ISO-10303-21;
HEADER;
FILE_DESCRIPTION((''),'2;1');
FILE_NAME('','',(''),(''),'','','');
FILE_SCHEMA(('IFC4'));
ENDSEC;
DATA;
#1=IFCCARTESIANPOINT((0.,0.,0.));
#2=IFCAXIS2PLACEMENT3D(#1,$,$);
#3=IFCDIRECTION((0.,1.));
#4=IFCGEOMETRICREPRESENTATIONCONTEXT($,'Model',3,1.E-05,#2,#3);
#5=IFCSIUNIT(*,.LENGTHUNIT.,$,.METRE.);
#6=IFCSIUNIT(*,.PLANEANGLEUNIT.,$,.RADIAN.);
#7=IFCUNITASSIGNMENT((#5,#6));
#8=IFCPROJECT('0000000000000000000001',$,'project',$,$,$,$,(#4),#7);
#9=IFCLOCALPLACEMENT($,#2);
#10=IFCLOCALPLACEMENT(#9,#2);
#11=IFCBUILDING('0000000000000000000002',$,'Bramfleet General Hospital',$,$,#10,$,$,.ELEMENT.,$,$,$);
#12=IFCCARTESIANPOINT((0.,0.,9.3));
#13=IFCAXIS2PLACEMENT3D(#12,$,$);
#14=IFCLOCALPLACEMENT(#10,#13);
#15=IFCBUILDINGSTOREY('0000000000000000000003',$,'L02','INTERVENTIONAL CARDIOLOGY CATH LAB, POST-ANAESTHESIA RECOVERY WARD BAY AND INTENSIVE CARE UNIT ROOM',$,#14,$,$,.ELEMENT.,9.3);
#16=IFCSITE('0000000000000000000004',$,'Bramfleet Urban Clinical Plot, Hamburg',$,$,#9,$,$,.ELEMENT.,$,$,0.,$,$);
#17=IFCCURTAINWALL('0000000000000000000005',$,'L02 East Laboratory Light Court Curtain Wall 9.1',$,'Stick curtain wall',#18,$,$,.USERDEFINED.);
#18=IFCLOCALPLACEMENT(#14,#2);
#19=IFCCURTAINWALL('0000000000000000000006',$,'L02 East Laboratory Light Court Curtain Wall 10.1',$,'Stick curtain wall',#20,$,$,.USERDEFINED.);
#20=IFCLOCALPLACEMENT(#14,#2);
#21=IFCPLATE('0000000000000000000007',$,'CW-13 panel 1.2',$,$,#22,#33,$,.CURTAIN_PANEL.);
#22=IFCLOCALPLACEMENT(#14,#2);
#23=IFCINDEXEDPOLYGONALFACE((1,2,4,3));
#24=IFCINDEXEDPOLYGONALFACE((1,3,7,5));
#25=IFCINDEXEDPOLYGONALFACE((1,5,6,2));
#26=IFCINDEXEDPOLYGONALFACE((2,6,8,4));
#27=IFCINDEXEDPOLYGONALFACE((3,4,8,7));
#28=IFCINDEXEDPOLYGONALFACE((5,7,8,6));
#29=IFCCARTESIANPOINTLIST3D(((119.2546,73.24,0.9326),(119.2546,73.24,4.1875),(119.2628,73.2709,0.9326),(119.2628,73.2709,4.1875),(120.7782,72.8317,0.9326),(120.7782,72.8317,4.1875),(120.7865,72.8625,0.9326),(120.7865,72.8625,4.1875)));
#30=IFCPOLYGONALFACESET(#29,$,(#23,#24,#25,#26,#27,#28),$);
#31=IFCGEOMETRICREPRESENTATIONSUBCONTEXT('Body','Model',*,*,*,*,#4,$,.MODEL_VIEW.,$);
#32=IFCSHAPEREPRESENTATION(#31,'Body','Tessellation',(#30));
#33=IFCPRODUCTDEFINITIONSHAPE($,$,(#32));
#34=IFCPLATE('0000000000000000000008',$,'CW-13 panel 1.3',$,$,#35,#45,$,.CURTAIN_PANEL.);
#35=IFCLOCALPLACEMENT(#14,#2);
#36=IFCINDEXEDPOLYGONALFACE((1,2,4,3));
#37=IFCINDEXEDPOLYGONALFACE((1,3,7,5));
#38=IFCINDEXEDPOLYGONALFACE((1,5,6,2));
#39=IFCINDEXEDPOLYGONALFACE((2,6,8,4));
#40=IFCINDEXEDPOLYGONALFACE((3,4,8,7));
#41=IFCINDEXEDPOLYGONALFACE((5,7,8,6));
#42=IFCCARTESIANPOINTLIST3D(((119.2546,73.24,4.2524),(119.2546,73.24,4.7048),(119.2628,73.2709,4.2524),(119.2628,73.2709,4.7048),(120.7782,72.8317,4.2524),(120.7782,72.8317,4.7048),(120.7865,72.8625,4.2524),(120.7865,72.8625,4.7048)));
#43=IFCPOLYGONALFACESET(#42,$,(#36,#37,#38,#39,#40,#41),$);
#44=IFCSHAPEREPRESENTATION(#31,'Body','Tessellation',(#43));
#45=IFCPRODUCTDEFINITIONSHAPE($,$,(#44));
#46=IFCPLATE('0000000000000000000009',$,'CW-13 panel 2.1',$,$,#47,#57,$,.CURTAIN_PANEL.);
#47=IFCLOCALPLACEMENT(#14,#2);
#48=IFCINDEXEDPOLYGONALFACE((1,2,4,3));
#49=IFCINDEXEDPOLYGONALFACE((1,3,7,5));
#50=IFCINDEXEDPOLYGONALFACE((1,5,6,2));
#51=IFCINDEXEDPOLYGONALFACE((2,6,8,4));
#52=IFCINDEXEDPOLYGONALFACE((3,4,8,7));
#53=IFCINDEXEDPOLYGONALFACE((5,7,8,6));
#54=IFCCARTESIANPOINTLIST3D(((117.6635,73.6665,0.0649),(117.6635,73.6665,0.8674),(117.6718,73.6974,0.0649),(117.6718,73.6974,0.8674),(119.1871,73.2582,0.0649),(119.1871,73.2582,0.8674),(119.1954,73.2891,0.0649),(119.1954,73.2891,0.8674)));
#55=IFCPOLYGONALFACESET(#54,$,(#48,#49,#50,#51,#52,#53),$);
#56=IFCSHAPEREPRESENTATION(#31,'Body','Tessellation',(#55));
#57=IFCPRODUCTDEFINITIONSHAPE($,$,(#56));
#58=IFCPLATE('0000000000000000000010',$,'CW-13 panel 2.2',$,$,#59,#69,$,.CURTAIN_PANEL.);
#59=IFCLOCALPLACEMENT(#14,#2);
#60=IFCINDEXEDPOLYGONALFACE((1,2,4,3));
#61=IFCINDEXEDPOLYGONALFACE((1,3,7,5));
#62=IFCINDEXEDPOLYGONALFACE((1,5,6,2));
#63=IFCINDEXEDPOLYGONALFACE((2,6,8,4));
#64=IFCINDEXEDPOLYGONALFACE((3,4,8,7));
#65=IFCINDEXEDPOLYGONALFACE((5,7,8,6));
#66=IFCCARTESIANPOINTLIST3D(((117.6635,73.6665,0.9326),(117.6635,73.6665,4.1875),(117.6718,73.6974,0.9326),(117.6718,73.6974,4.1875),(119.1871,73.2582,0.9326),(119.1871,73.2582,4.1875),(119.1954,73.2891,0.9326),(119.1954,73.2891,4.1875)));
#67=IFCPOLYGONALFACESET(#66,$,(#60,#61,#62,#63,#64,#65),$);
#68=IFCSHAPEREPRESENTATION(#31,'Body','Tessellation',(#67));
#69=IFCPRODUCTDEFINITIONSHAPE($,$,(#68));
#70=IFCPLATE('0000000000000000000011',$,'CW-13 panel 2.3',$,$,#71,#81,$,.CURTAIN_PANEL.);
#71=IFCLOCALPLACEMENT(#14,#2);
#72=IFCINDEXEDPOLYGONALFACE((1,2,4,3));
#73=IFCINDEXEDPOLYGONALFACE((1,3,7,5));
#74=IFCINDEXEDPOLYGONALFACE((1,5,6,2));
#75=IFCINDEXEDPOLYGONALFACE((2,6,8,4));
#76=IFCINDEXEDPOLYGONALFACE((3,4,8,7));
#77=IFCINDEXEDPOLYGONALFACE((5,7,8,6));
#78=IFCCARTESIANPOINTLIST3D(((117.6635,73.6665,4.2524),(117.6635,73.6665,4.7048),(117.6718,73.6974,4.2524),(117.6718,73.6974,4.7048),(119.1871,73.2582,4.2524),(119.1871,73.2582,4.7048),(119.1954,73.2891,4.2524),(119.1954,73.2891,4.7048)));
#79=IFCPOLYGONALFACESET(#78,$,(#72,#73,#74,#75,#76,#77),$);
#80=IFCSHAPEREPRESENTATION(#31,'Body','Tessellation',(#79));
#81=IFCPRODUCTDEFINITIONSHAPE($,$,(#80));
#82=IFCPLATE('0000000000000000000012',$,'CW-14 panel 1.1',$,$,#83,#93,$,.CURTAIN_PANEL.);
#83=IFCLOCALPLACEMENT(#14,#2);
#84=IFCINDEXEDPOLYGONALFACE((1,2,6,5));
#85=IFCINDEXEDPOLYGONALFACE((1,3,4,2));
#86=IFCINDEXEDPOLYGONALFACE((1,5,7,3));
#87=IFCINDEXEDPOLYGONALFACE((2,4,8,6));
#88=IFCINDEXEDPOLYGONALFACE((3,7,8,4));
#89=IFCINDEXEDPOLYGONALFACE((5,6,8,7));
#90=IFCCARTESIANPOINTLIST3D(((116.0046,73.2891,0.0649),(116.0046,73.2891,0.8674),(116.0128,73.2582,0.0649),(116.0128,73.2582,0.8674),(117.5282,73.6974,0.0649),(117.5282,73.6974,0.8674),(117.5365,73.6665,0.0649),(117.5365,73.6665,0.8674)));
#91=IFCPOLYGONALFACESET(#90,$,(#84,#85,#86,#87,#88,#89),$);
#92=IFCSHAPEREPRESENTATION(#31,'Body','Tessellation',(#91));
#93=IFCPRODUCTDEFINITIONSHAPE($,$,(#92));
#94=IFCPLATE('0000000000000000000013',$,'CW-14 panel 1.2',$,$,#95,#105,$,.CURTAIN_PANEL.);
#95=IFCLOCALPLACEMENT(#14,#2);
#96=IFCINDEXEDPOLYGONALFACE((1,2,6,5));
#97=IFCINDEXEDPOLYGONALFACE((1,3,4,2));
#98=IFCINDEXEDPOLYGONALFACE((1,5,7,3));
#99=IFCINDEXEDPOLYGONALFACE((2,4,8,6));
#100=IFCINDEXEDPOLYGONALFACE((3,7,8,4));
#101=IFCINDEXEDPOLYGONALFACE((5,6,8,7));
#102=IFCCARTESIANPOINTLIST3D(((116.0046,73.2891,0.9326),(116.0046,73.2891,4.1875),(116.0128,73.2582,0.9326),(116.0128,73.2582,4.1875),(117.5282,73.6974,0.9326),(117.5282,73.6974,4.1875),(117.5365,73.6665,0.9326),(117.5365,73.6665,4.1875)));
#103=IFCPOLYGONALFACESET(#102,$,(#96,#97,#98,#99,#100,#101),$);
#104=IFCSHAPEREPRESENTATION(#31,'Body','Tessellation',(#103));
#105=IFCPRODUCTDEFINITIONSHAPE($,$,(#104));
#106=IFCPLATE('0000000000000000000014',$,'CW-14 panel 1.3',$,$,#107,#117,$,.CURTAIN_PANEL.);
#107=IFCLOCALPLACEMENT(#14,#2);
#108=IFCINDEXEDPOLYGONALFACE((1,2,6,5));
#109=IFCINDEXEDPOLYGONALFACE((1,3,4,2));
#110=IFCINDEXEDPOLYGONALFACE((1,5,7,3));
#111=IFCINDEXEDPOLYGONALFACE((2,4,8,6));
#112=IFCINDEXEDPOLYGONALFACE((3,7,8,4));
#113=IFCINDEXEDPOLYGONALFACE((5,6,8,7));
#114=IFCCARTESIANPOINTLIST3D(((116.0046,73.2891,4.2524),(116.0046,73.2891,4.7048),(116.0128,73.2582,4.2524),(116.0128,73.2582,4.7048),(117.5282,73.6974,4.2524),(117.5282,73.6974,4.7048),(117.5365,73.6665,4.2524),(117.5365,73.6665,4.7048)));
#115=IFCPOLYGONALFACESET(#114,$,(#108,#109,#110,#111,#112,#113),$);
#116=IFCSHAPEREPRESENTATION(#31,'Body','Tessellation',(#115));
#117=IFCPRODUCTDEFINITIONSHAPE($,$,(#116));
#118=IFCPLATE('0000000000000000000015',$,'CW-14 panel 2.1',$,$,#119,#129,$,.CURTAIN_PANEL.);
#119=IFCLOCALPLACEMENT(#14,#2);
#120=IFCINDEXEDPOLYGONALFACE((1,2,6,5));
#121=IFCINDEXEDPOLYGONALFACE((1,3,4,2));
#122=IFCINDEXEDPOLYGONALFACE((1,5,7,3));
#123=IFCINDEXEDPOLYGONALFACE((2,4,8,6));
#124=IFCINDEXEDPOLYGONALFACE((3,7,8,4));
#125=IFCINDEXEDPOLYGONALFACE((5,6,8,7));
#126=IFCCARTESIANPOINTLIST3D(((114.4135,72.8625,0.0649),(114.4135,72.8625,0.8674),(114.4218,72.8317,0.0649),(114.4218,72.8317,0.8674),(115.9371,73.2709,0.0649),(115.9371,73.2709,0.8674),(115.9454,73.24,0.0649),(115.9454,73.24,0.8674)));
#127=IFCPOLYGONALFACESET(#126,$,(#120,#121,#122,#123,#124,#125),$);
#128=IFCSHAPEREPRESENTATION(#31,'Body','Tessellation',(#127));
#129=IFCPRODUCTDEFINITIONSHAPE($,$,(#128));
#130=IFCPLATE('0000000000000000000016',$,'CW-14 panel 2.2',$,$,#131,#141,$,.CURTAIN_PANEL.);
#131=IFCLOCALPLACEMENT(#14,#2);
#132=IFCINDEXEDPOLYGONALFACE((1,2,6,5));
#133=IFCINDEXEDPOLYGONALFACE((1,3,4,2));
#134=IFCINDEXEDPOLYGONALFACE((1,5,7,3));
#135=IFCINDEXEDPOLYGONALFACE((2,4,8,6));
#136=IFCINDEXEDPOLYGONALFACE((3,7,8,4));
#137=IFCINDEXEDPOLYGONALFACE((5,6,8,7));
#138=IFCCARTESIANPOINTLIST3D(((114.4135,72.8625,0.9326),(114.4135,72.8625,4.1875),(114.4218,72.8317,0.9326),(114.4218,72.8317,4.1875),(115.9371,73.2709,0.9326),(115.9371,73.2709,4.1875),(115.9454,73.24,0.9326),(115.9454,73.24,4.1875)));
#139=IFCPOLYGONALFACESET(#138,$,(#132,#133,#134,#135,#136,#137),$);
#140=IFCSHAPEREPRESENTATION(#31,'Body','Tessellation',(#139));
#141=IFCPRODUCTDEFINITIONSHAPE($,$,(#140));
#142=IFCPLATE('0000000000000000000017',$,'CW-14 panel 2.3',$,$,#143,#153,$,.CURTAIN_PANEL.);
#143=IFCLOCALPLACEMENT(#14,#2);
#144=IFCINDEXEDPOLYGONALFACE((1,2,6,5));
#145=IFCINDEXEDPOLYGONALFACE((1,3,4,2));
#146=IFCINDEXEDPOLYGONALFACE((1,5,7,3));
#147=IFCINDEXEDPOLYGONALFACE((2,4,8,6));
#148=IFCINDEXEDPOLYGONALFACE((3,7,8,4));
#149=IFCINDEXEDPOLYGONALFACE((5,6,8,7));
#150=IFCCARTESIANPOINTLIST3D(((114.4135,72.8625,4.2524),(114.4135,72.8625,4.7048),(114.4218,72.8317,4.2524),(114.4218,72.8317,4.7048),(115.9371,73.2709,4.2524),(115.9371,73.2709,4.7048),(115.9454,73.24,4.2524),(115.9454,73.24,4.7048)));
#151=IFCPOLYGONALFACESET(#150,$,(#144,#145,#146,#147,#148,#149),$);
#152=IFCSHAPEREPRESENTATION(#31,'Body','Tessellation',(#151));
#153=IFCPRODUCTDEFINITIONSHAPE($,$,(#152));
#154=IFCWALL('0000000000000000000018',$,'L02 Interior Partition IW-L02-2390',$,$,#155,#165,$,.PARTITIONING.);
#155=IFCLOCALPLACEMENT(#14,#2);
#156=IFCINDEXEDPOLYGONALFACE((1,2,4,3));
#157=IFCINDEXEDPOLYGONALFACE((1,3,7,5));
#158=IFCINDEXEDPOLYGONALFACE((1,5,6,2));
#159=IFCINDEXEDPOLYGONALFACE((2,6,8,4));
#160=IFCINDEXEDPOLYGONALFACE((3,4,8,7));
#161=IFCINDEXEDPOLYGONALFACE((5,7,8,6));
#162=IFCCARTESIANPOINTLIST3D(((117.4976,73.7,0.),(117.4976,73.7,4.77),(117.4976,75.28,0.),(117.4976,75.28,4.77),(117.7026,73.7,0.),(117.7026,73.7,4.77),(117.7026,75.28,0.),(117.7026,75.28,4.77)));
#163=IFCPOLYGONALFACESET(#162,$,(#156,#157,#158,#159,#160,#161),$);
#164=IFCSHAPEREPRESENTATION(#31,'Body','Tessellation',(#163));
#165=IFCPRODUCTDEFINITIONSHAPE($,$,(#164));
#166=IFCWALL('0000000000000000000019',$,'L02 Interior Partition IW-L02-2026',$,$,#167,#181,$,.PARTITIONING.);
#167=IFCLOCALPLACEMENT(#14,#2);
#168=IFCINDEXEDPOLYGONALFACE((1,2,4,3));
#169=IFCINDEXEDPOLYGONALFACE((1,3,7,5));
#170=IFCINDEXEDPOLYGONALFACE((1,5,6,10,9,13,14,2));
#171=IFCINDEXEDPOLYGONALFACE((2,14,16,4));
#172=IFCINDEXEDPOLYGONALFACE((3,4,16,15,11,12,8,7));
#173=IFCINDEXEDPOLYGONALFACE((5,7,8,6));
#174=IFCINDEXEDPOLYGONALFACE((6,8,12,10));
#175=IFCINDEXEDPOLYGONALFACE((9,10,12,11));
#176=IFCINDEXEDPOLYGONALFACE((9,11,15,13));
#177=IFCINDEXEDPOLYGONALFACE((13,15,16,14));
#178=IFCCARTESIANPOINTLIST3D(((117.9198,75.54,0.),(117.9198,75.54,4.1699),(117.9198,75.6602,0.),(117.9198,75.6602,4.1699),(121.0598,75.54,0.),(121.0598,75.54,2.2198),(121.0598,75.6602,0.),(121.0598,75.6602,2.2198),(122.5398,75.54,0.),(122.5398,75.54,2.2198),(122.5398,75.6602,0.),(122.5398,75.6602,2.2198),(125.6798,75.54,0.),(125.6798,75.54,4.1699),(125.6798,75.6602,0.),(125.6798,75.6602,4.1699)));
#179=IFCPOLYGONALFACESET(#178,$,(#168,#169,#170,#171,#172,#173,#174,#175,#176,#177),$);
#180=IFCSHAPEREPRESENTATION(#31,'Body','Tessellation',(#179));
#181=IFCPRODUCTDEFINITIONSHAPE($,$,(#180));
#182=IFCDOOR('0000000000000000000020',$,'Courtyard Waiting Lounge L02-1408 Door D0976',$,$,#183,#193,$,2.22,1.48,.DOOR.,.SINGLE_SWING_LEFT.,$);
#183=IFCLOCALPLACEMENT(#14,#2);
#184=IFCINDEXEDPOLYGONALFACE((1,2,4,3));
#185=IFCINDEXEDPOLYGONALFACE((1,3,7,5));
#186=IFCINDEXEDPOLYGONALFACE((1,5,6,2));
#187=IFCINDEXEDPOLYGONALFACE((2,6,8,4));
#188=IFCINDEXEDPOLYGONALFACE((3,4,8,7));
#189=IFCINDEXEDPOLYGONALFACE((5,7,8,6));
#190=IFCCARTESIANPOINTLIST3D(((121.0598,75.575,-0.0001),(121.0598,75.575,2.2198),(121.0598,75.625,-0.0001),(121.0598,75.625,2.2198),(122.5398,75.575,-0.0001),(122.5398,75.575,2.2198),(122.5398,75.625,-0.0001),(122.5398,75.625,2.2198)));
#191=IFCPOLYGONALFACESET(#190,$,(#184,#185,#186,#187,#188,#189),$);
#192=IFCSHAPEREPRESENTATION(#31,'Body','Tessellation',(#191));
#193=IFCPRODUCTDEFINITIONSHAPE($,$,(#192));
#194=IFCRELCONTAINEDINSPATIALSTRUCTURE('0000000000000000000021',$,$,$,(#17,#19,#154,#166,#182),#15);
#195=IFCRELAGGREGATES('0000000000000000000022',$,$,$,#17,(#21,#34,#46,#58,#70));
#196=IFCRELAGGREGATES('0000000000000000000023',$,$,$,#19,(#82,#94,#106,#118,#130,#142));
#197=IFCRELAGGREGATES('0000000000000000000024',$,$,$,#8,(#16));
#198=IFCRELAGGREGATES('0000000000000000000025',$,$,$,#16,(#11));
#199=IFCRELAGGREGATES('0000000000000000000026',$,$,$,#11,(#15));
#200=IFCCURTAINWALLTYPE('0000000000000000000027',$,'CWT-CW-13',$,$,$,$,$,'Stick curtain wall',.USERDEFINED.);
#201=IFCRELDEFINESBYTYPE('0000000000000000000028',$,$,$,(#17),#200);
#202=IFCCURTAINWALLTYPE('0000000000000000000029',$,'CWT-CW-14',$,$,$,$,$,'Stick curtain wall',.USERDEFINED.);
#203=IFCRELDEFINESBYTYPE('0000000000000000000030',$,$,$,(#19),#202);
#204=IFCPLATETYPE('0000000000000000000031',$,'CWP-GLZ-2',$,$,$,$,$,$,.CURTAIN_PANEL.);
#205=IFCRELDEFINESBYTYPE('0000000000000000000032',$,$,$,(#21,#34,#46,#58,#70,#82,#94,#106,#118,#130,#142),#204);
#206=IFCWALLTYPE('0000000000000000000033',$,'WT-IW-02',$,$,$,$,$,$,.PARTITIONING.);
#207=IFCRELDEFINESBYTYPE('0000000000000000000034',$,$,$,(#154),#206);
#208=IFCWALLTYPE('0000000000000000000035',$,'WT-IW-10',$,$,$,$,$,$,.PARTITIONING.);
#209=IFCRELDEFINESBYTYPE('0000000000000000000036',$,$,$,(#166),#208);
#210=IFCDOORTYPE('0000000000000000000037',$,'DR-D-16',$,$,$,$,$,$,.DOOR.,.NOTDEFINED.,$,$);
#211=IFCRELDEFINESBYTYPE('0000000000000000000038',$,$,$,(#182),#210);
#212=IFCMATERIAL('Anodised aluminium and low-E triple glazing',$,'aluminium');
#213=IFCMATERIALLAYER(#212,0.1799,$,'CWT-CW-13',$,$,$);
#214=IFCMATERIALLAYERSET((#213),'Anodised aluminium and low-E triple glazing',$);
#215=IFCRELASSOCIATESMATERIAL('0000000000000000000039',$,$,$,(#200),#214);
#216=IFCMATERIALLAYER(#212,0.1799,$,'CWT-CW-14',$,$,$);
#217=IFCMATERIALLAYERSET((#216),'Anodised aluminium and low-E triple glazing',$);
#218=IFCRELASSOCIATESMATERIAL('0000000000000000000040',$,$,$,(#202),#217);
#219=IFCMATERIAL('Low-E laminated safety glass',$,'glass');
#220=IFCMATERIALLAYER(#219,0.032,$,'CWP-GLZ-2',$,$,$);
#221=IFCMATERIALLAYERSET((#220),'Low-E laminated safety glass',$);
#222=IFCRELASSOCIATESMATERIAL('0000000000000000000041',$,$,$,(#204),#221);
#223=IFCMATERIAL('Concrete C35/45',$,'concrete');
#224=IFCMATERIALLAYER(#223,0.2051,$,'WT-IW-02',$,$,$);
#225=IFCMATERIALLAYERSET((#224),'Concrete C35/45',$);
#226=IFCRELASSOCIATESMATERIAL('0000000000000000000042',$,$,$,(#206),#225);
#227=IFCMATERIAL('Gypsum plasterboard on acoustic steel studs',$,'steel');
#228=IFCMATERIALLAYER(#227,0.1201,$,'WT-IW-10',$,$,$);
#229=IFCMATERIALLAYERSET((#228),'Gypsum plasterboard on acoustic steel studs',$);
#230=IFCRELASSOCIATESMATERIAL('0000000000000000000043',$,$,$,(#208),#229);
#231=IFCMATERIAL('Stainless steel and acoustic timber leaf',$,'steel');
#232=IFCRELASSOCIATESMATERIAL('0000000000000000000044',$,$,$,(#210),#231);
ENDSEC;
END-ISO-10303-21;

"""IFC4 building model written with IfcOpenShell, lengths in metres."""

from ifc_helpers import new_model, si_unit, direction, frame, frame_2d, origin, origin_2d, place, context, subcontext, project, spatial, rectangle, extrude, material, layer, layer_set, type_object, element, fill, aggregate, save


model = new_model("IFC4")

# Units and contexts
model_context = context("Model", 3, precision=1e-05, world=origin(), true_north=direction((0.0, 1.0)))
body_context = subcontext(model_context, "Body", "Model", "MODEL_VIEW")
ifc_project = project(units=[si_unit("LENGTHUNIT", "METRE"), si_unit("PLANEANGLEUNIT", "RADIAN")], contexts=[model_context])

# Site, building, storey
site_placement = place(None, origin())
site = spatial("IfcSite", under=ifc_project, at=site_placement, Name="Bramfleet Urban Clinical Plot, Hamburg", CompositionType="ELEMENT", RefElevation=0.0)
building_placement = place(site_placement, origin())
building = spatial("IfcBuilding", under=site, at=building_placement, Name="Bramfleet General Hospital", CompositionType="ELEMENT")
storey_placement = place(building_placement, frame((0.0, 0.0, 9.3)))
storey = spatial("IfcBuildingStorey", under=building, at=storey_placement, Name="L02", Description="INTERVENTIONAL CARDIOLOGY CATH LAB, POST-ANAESTHESIA RECOVERY WARD BAY AND INTENSIVE CARE UNIT ROOM", CompositionType="ELEMENT", Elevation=9.3)

# Shared definitions
ifc_material_1 = material(Name="Concrete C35/45", Category="concrete")

# Curtain walls
ifc_material_2 = material(Name="Anodised aluminium and low-E triple glazing", Category="aluminium")
ifc_layer_1 = layer(ifc_material_2, 0.1799, Name="CWT-CW-13")
ifc_layer_set_1 = layer_set([ifc_layer_1], Name="Anodised aluminium and low-E triple glazing")
curtain_wall_type_1 = type_object("IfcCurtainWallType", Name="CWT-CW-13", ElementType="Stick curtain wall", PredefinedType="USERDEFINED", material=ifc_layer_set_1)
curtain_wall_1_placement = place(storey_placement, origin())
curtain_wall_1 = element("IfcCurtainWall", 1, at=curtain_wall_1_placement, inside=storey, type_object=curtain_wall_type_1, Name="L02 East Laboratory Light Court Curtain Wall 9.1", ObjectType="Stick curtain wall", PredefinedType="USERDEFINED")
ifc_layer_2 = layer(ifc_material_2, 0.1799, Name="CWT-CW-14")
ifc_layer_set_2 = layer_set([ifc_layer_2], Name="Anodised aluminium and low-E triple glazing")
curtain_wall_type_2 = type_object("IfcCurtainWallType", Name="CWT-CW-14", ElementType="Stick curtain wall", PredefinedType="USERDEFINED", material=ifc_layer_set_2)
curtain_wall_2_placement = place(storey_placement, origin())
curtain_wall_2 = element("IfcCurtainWall", 2, at=curtain_wall_2_placement, inside=storey, type_object=curtain_wall_type_2, Name="L02 East Laboratory Light Court Curtain Wall 10.1", ObjectType="Stick curtain wall", PredefinedType="USERDEFINED")

# Plates
ifc_material_3 = material(Name="Low-E laminated safety glass", Category="glass")
ifc_layer_3 = layer(ifc_material_3, 0.032, Name="CWP-GLZ-2")
ifc_layer_set_3 = layer_set([ifc_layer_3], Name="Low-E laminated safety glass")
plate_type = type_object("IfcPlateType", Name="CWP-GLZ-2", PredefinedType="CURTAIN_PANEL", material=ifc_layer_set_3)
plate_1_placement = place(storey_placement, frame((120.0205, 73.0513, 0.9326), z_axis=(0.0, 0.0, 1.0), x_axis=(-0.965914, 0.258865, 0.0)))
plate_1 = element("IfcPlate", 3, at=plate_1_placement, type_object=plate_type, Name="CW-13 panel 1.2", PredefinedType="CURTAIN_PANEL", context=body_context, shape_type="SweptSolid", body=[
    extrude(rectangle(XDim=1.5774, YDim=0.032, at=origin_2d()), origin(), (0.0, 0.0, 1.0), 3.2549),
])
plate_2_placement = place(storey_placement, frame((120.0205, 73.0513, 4.2524), z_axis=(0.0, 0.0, 1.0), x_axis=(-0.965914, 0.258865, 0.0)))
plate_2 = element("IfcPlate", 4, at=plate_2_placement, type_object=plate_type, Name="CW-13 panel 1.3", PredefinedType="CURTAIN_PANEL", context=body_context, shape_type="SweptSolid", body=[
    extrude(rectangle(XDim=1.5774, YDim=0.032, at=origin_2d()), origin(), (0.0, 0.0, 1.0), 0.4524),
])
plate_3_placement = place(storey_placement, frame((118.4294, 73.4778, 0.0649), z_axis=(0.0, 0.0, 1.0), x_axis=(-0.965914, 0.258865, 0.0)))
plate_3 = element("IfcPlate", 5, at=plate_3_placement, type_object=plate_type, Name="CW-13 panel 2.1", PredefinedType="CURTAIN_PANEL", context=body_context, shape_type="SweptSolid", body=[
    extrude(rectangle(XDim=1.5774, YDim=0.032, at=origin_2d()), origin(), (0.0, 0.0, 1.0), 0.8025),
])
plate_4_placement = place(storey_placement, frame((118.4294, 73.4778, 0.9326), z_axis=(0.0, 0.0, 1.0), x_axis=(-0.965914, 0.258865, 0.0)))
plate_4 = element("IfcPlate", 6, at=plate_4_placement, type_object=plate_type, Name="CW-13 panel 2.2", PredefinedType="CURTAIN_PANEL", context=body_context, shape_type="SweptSolid", body=[
    extrude(rectangle(XDim=1.5774, YDim=0.032, at=origin_2d()), origin(), (0.0, 0.0, 1.0), 3.2549),
])
plate_5_placement = place(storey_placement, frame((118.4294, 73.4778, 4.2524), z_axis=(0.0, 0.0, 1.0), x_axis=(-0.965914, 0.258865, 0.0)))
plate_5 = element("IfcPlate", 7, at=plate_5_placement, type_object=plate_type, Name="CW-13 panel 2.3", PredefinedType="CURTAIN_PANEL", context=body_context, shape_type="SweptSolid", body=[
    extrude(rectangle(XDim=1.5774, YDim=0.032, at=origin_2d()), origin(), (0.0, 0.0, 1.0), 0.4524),
])
aggregate(curtain_wall_1, [plate_1, plate_2, plate_3, plate_4, plate_5])
plate_6_placement = place(storey_placement, frame((116.7705, 73.4778, 0.0649), z_axis=(0.0, 0.0, 1.0), x_axis=(-0.965914, -0.258865, 0.0)))
plate_6 = element("IfcPlate", 8, at=plate_6_placement, type_object=plate_type, Name="CW-14 panel 1.1", PredefinedType="CURTAIN_PANEL", context=body_context, shape_type="SweptSolid", body=[
    extrude(rectangle(XDim=1.5774, YDim=0.032, at=origin_2d()), origin(), (0.0, 0.0, 1.0), 0.8025),
])
plate_7_placement = place(storey_placement, frame((116.7705, 73.4778, 0.9326), z_axis=(0.0, 0.0, 1.0), x_axis=(-0.965914, -0.258865, 0.0)))
plate_7 = element("IfcPlate", 9, at=plate_7_placement, type_object=plate_type, Name="CW-14 panel 1.2", PredefinedType="CURTAIN_PANEL", context=body_context, shape_type="SweptSolid", body=[
    extrude(rectangle(XDim=1.5774, YDim=0.032, at=origin_2d()), origin(), (0.0, 0.0, 1.0), 3.2549),
])
plate_8_placement = place(storey_placement, frame((116.7705, 73.4778, 4.2524), z_axis=(0.0, 0.0, 1.0), x_axis=(-0.965914, -0.258865, 0.0)))
plate_8 = element("IfcPlate", 10, at=plate_8_placement, type_object=plate_type, Name="CW-14 panel 1.3", PredefinedType="CURTAIN_PANEL", context=body_context, shape_type="SweptSolid", body=[
    extrude(rectangle(XDim=1.5774, YDim=0.032, at=origin_2d()), origin(), (0.0, 0.0, 1.0), 0.4524),
])
plate_9_placement = place(storey_placement, frame((115.1794, 73.0513, 0.0649), z_axis=(0.0, 0.0, 1.0), x_axis=(-0.965914, -0.258865, 0.0)))
plate_9 = element("IfcPlate", 11, at=plate_9_placement, type_object=plate_type, Name="CW-14 panel 2.1", PredefinedType="CURTAIN_PANEL", context=body_context, shape_type="SweptSolid", body=[
    extrude(rectangle(XDim=1.5774, YDim=0.032, at=origin_2d()), origin(), (0.0, 0.0, 1.0), 0.8025),
])
plate_10_placement = place(storey_placement, frame((115.1794, 73.0513, 0.9326), z_axis=(0.0, 0.0, 1.0), x_axis=(-0.965914, -0.258865, 0.0)))
plate_10 = element("IfcPlate", 12, at=plate_10_placement, type_object=plate_type, Name="CW-14 panel 2.2", PredefinedType="CURTAIN_PANEL", context=body_context, shape_type="SweptSolid", body=[
    extrude(rectangle(XDim=1.5774, YDim=0.032, at=origin_2d()), origin(), (0.0, 0.0, 1.0), 3.2549),
])
plate_11_placement = place(storey_placement, frame((115.1794, 73.0513, 4.2524), z_axis=(0.0, 0.0, 1.0), x_axis=(-0.965914, -0.258865, 0.0)))
plate_11 = element("IfcPlate", 13, at=plate_11_placement, type_object=plate_type, Name="CW-14 panel 2.3", PredefinedType="CURTAIN_PANEL", context=body_context, shape_type="SweptSolid", body=[
    extrude(rectangle(XDim=1.5774, YDim=0.032, at=origin_2d()), origin(), (0.0, 0.0, 1.0), 0.4524),
])
aggregate(curtain_wall_2, [plate_6, plate_7, plate_8, plate_9, plate_10, plate_11])

# Wall
ifc_layer_4 = layer(ifc_material_1, 0.2051, Name="WT-IW-02")
ifc_layer_set_4 = layer_set([ifc_layer_4], Name="Concrete C35/45")
wall_type_1 = type_object("IfcWallType", Name="WT-IW-02", PredefinedType="PARTITIONING", material=ifc_layer_set_4)
wall_1_placement = place(storey_placement, frame((117.6001, 73.7, 0.0), z_axis=(0.0, 0.0, 1.0), x_axis=(0.0, 1.0, 0.0)))
element("IfcWall", 14, at=wall_1_placement, inside=storey, type_object=wall_type_1, Name="L02 Interior Partition IW-L02-2390", PredefinedType="PARTITIONING", context=body_context, shape_type="SweptSolid", body=[
    extrude(rectangle(XDim=1.5801, YDim=0.2051, at=frame_2d((0.79, 0.0))), origin(), (0.0, 0.0, 1.0), 4.77),
])

# Wall, opening, door
ifc_material_4 = material(Name="Gypsum plasterboard on acoustic steel studs", Category="steel")
ifc_layer_5 = layer(ifc_material_4, 0.1201, Name="WT-IW-10")
ifc_layer_set_5 = layer_set([ifc_layer_5], Name="Gypsum plasterboard on acoustic steel studs")
wall_type_2 = type_object("IfcWallType", Name="WT-IW-10", PredefinedType="PARTITIONING", material=ifc_layer_set_5)
wall_2_placement = place(storey_placement, frame((117.9199, 75.6001, 0.0), z_axis=(0.0, 0.0, 1.0), x_axis=(1.0, 0.0, 0.0)))
wall_2 = element("IfcWall", 15, at=wall_2_placement, inside=storey, type_object=wall_type_2, Name="L02 Interior Partition IW-L02-2026", PredefinedType="PARTITIONING", context=body_context, shape_type="SweptSolid", body=[
    extrude(rectangle(XDim=7.76, YDim=0.1201, at=frame_2d((3.8799, 0.0))), origin(), (0.0, 0.0, 1.0), 4.1699),
])
opening_placement = place(wall_2_placement, frame((3.1399, 0.0, 0.0)))
opening = element("IfcOpeningElement", 16, at=opening_placement, cuts=wall_2, PredefinedType="OPENING", context=body_context, shape_type="SweptSolid", body=[
    extrude(rectangle(XDim=1.48, YDim=2.22, at=frame_2d((0.74, 1.1099))), frame((0.0, 0.0701, 0.0), z_axis=(0.0, -1.0, 0.0), x_axis=(1.0, 0.0, 0.0)), (0.0, 0.0, 1.0), 0.1401),
])
ifc_material_5 = material(Name="Stainless steel and acoustic timber leaf", Category="steel")
door_type = type_object("IfcDoorType", Name="DR-D-16", OperationType="NOTDEFINED", PredefinedType="DOOR", material=ifc_material_5)
door_placement = place(opening_placement, origin())
door = element("IfcDoor", 17, at=door_placement, inside=storey, type_object=door_type, Name="Courtyard Waiting Lounge L02-1408 Door D0976", OperationType="SINGLE_SWING_LEFT", OverallHeight=2.22, OverallWidth=1.48, PredefinedType="DOOR", context=body_context, shape_type="SweptSolid", body=[
    extrude(rectangle(XDim=1.48, YDim=2.22, at=frame_2d((0.74, 1.1099))), frame((0.0, 0.0249, 0.0), z_axis=(0.0, -1.0, 0.0), x_axis=(1.0, 0.0, 0.0)), (0.0, 0.0, 1.0), 0.05),
])
fill(opening, door)

save(model, "model.ifc")
